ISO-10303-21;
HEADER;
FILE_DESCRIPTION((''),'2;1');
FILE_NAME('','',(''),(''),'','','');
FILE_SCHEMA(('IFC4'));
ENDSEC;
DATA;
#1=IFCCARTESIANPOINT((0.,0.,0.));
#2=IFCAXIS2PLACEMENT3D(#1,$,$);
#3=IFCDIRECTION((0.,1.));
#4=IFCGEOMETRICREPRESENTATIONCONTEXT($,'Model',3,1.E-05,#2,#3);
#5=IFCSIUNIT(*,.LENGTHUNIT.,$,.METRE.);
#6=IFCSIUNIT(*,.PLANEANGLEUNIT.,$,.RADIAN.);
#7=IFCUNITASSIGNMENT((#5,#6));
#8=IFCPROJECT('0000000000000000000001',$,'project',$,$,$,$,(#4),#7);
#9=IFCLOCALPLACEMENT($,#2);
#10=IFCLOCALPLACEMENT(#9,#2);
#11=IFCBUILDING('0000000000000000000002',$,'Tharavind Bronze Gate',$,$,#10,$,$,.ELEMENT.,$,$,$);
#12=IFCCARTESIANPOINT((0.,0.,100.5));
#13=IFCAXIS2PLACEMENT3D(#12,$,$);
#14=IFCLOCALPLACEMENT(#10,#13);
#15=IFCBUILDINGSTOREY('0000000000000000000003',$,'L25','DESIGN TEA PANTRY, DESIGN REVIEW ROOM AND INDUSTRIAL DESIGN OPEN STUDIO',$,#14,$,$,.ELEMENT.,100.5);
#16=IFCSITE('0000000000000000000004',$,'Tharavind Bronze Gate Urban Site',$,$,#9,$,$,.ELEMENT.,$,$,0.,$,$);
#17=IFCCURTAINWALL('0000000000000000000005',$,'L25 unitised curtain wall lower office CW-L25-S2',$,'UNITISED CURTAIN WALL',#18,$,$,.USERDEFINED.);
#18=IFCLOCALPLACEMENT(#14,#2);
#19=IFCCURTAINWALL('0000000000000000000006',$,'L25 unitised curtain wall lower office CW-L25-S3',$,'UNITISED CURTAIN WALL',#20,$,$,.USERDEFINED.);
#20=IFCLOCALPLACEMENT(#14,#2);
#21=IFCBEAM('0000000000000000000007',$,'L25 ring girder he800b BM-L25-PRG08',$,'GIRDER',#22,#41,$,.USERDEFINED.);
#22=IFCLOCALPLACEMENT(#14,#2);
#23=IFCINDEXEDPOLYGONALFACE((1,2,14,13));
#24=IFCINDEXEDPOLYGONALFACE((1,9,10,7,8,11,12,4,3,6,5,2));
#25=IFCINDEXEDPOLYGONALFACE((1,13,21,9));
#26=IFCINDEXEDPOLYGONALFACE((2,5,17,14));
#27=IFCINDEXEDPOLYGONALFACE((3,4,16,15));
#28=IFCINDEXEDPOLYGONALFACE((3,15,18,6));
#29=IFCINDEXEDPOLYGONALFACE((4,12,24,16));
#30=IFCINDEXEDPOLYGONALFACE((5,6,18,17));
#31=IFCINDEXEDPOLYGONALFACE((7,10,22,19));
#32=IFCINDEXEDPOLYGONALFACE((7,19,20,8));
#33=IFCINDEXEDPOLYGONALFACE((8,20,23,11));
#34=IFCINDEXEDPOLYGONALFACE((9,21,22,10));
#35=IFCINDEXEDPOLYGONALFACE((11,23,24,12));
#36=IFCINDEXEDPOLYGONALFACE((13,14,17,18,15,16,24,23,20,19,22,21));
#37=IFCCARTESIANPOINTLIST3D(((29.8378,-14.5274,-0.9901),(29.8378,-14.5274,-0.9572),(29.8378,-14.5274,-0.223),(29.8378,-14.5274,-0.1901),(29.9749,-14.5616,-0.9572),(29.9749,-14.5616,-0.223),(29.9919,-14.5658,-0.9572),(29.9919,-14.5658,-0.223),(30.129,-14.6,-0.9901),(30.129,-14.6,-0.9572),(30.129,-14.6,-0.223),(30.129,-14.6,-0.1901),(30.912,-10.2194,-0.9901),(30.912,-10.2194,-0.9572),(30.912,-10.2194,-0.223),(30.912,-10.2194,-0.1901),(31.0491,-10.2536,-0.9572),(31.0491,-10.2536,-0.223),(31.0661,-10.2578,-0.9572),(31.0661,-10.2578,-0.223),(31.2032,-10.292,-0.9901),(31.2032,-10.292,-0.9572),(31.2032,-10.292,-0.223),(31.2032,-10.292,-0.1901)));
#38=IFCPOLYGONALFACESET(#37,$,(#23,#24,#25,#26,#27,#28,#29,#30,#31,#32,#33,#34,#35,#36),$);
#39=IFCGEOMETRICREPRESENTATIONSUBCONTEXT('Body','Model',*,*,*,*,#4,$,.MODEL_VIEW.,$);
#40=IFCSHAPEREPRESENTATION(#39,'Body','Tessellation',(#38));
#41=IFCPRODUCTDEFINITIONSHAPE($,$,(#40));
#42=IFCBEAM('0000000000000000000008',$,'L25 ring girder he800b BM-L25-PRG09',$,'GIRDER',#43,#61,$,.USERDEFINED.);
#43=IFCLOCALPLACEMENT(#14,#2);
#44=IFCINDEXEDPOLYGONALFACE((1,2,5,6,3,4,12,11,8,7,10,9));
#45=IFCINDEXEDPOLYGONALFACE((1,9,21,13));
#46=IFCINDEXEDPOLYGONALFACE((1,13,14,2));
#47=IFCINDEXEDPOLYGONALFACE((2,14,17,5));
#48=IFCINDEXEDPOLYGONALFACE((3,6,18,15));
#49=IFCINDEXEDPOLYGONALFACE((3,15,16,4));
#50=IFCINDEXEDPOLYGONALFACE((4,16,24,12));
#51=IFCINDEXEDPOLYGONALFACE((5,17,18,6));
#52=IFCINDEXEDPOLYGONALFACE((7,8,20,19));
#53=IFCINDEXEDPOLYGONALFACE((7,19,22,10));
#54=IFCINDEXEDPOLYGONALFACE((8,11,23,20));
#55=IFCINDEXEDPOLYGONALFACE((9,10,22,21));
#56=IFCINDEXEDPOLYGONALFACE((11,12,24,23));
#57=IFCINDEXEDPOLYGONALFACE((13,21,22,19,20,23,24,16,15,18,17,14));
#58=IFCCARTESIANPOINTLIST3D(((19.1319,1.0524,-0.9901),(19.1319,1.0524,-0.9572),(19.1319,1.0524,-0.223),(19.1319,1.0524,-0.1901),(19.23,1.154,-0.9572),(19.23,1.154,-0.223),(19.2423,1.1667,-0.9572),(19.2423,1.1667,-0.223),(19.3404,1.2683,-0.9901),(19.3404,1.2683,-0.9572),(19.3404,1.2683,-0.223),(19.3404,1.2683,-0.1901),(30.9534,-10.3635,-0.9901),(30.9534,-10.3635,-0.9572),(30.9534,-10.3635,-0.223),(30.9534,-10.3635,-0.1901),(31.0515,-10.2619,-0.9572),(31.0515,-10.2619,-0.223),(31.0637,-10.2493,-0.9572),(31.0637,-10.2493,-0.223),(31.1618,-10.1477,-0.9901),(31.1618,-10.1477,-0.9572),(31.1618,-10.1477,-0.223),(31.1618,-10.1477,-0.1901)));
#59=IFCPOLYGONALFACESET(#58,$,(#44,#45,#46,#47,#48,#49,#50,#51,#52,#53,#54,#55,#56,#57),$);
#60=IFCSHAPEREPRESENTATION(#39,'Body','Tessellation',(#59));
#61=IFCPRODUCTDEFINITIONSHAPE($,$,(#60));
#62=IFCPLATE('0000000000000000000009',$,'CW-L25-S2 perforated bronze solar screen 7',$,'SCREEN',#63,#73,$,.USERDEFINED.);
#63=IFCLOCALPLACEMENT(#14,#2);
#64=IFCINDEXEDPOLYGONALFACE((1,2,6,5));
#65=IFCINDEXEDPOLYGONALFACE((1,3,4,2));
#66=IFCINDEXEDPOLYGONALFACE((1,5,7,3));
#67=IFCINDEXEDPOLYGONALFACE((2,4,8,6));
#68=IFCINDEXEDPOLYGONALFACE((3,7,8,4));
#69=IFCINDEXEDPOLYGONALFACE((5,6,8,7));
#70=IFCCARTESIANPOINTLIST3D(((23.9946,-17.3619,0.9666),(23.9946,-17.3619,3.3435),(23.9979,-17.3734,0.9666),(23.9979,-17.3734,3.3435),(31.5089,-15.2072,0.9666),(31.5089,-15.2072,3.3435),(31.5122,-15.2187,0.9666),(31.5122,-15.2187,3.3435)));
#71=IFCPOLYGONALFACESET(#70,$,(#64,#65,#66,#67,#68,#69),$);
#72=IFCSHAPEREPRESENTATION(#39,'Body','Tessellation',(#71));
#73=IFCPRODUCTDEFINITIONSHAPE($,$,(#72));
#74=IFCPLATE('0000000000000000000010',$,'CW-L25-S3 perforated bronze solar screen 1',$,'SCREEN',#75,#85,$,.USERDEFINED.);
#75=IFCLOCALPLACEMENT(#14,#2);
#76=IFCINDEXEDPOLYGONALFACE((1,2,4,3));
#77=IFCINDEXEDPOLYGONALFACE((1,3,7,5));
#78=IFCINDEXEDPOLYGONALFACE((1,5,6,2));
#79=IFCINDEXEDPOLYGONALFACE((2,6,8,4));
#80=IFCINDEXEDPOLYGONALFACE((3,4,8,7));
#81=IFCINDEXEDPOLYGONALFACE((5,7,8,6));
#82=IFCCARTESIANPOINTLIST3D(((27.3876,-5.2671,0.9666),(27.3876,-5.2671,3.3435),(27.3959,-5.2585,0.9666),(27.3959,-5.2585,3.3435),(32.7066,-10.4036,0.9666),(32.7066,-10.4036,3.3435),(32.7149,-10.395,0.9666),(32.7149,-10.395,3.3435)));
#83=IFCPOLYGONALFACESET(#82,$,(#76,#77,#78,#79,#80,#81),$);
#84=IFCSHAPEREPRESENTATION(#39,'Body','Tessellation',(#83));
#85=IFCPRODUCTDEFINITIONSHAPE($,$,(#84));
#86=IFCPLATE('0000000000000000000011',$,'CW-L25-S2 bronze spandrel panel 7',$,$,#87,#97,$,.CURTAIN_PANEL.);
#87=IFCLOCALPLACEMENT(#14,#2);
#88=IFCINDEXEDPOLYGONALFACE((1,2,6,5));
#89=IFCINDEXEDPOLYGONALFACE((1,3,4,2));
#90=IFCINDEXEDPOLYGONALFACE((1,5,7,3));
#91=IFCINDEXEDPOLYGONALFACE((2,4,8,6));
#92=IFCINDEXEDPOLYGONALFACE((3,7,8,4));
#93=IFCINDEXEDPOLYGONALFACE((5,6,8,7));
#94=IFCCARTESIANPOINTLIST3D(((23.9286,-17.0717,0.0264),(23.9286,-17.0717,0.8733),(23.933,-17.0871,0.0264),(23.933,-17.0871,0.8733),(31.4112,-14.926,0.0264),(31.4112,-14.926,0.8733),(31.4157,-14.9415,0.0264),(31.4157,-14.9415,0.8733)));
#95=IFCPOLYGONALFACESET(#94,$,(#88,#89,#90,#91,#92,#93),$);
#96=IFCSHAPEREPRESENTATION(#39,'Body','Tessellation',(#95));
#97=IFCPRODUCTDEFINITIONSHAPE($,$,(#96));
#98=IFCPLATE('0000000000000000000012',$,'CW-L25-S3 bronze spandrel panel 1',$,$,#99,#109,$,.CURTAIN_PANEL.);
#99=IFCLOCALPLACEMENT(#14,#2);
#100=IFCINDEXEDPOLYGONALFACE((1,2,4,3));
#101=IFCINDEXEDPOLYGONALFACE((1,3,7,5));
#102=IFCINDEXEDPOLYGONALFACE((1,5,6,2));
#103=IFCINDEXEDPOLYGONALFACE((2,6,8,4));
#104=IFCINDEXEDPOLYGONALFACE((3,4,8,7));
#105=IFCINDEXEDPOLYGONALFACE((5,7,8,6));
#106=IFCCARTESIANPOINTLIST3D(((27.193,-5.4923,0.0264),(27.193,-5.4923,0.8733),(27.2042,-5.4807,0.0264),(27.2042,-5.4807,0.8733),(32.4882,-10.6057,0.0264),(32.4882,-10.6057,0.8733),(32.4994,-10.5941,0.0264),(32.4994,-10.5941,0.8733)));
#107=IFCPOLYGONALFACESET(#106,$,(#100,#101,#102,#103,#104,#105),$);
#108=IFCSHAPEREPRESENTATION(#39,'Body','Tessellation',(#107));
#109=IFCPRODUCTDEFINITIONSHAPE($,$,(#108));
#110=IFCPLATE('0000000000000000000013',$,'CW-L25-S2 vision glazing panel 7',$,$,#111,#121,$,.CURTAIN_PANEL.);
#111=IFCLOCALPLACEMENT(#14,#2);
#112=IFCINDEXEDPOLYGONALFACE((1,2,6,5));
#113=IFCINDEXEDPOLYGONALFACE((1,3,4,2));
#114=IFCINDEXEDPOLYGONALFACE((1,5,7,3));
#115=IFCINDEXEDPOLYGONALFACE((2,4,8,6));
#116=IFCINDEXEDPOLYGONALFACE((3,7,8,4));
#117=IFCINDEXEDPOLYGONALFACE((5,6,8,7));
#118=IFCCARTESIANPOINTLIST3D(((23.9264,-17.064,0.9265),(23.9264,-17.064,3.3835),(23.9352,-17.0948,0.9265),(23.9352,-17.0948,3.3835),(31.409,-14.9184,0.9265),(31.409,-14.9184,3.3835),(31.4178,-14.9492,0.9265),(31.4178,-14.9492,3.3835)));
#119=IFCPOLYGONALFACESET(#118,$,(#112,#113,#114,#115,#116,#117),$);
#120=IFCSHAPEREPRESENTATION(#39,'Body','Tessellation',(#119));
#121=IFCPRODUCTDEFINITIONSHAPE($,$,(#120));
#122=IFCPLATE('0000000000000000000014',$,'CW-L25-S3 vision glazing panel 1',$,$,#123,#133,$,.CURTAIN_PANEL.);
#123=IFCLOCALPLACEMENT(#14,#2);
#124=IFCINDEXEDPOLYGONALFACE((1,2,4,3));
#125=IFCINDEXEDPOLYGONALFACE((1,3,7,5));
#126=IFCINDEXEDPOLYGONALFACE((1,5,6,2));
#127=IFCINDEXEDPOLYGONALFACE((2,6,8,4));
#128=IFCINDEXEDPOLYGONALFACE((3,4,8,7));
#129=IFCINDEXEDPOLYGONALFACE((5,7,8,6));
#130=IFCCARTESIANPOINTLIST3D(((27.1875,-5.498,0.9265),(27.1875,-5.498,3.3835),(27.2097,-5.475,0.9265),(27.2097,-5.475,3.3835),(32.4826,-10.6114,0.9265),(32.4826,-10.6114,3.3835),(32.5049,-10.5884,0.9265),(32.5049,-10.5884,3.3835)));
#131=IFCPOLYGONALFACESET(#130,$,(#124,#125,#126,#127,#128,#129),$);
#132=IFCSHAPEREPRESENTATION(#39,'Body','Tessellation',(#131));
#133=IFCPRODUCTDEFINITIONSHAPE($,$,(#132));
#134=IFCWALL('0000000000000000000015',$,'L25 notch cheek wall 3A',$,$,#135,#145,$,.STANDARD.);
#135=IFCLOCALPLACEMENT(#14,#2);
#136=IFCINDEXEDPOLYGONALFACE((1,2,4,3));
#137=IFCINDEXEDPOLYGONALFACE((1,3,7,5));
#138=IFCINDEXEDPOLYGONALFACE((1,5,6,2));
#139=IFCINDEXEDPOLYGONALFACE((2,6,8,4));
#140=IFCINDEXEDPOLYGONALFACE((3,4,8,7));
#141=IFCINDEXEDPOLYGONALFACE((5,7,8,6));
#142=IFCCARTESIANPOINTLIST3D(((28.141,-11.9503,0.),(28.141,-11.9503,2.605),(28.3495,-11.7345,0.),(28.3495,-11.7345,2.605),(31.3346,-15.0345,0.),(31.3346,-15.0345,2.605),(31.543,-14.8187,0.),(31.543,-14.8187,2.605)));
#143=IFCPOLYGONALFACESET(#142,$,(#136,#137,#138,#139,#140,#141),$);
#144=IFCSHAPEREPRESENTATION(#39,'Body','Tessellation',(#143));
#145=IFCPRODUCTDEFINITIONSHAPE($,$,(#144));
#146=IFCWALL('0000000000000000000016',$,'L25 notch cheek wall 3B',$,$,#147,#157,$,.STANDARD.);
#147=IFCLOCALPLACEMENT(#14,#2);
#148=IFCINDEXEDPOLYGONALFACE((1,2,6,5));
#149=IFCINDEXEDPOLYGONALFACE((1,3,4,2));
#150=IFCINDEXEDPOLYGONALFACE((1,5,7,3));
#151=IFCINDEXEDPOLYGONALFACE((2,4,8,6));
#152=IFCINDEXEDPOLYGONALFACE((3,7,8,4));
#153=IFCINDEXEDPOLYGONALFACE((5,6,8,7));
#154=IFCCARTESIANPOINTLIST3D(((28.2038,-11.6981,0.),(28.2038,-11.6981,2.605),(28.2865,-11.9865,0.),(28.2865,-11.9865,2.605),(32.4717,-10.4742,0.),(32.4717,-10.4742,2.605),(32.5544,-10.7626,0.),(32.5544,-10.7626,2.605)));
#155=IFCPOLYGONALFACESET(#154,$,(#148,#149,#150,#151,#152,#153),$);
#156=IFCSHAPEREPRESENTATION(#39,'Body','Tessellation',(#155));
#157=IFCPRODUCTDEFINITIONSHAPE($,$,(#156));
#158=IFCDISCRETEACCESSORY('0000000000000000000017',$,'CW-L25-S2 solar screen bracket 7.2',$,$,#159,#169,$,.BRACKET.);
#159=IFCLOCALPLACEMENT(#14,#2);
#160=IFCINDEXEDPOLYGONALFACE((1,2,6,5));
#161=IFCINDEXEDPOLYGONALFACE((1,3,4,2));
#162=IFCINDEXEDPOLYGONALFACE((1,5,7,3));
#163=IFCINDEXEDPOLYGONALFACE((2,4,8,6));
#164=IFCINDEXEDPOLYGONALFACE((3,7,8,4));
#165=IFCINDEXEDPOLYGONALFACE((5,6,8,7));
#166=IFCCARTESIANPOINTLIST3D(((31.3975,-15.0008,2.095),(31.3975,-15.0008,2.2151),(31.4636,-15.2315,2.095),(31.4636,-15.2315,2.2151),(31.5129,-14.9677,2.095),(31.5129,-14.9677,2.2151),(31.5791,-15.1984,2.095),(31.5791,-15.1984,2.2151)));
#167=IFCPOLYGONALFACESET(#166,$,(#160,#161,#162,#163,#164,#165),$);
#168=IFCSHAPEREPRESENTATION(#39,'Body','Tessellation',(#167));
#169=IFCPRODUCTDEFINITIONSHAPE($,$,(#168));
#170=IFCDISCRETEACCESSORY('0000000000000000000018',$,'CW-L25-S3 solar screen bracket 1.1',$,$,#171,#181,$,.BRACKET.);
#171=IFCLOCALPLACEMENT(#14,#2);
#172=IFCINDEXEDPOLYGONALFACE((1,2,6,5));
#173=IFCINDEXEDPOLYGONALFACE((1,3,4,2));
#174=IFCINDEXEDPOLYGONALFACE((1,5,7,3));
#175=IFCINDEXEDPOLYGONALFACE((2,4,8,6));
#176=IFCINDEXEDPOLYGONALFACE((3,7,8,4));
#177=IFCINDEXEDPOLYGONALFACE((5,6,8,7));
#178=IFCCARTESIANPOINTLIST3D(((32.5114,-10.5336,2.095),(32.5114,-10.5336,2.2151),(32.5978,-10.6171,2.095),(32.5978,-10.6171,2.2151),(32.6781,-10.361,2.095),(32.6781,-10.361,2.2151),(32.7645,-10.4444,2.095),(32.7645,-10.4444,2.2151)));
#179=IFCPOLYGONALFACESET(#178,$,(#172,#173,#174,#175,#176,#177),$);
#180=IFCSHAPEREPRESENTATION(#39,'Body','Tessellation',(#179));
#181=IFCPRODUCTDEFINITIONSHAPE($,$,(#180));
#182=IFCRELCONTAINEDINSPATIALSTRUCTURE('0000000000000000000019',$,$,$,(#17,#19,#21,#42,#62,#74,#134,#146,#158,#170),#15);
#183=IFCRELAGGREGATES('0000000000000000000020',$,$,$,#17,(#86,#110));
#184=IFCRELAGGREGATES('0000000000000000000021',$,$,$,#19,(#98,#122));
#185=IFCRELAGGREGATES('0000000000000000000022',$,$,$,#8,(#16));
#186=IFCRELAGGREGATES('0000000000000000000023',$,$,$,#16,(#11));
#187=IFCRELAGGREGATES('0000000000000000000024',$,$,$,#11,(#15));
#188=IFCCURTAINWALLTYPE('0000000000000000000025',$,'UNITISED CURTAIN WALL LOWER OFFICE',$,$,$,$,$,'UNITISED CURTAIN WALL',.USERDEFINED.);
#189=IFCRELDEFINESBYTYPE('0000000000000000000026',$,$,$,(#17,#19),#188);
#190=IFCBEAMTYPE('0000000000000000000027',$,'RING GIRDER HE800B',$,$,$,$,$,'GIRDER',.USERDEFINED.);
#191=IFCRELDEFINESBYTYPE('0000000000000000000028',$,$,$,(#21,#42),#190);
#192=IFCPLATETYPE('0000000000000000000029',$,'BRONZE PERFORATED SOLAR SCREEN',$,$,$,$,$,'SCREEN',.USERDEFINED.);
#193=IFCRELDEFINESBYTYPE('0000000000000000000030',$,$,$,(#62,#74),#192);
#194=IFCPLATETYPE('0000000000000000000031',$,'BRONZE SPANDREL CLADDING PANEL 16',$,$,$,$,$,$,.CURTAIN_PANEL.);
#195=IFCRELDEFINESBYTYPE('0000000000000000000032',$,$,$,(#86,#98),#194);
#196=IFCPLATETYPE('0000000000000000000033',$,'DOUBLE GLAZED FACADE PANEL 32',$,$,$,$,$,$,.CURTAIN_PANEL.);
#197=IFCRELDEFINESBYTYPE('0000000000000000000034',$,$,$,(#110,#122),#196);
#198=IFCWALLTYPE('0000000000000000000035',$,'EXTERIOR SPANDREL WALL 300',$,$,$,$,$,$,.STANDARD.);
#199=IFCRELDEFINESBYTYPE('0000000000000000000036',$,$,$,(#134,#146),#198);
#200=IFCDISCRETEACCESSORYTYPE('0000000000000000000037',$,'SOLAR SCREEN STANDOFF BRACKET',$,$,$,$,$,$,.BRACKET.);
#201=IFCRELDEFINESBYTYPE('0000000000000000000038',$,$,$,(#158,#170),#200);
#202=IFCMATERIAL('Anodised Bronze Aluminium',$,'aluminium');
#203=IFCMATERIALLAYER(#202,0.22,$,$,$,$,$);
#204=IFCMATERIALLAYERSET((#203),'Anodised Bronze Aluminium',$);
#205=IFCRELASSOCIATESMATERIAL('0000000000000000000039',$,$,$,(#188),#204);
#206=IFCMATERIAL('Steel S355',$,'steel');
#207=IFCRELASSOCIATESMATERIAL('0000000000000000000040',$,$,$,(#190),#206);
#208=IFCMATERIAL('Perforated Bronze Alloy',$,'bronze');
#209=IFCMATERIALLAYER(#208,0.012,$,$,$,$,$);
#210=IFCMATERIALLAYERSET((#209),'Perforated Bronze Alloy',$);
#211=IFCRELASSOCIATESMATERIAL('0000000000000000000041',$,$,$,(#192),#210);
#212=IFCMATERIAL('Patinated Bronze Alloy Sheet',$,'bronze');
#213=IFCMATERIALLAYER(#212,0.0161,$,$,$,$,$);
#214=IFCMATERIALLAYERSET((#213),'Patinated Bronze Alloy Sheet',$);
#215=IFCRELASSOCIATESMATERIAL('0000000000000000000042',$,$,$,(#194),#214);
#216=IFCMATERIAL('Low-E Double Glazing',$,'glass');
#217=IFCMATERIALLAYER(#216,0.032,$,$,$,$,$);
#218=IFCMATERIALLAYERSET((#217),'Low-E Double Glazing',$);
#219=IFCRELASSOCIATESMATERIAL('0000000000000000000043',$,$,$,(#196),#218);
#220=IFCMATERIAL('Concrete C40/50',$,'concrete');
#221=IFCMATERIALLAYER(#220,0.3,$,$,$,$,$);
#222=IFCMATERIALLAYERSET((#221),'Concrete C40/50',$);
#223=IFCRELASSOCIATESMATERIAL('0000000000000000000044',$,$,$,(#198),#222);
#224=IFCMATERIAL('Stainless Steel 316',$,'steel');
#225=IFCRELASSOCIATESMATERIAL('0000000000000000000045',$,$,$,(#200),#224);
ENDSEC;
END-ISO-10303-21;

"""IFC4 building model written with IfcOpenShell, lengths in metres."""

from ifc_helpers import new_model, si_unit, direction, frame, frame_2d, origin, origin_2d, place, context, subcontext, project, spatial, rectangle, i_section, extrude, material, layer, layer_set, material_profile, profile_set, type_object, element, aggregate, save


model = new_model("IFC4")

# Units and contexts
model_context = context("Model", 3, precision=1e-05, world=origin(), true_north=direction((0.0, 1.0)))
body_context = subcontext(model_context, "Body", "Model", "MODEL_VIEW")
ifc_project = project(units=[si_unit("LENGTHUNIT", "METRE"), si_unit("PLANEANGLEUNIT", "RADIAN")], contexts=[model_context])

# Site, building, storey
site_placement = place(None, origin())
site = spatial("IfcSite", under=ifc_project, at=site_placement, Name="Tharavind Bronze Gate Urban Site", CompositionType="ELEMENT", RefElevation=0.0)
building_placement = place(site_placement, origin())
building = spatial("IfcBuilding", under=site, at=building_placement, Name="Tharavind Bronze Gate", CompositionType="ELEMENT")
storey_placement = place(building_placement, frame((0.0, 0.0, 100.5)))
storey = spatial("IfcBuildingStorey", under=building, at=storey_placement, Name="L25", Description="DESIGN TEA PANTRY, DESIGN REVIEW ROOM AND INDUSTRIAL DESIGN OPEN STUDIO", CompositionType="ELEMENT", Elevation=100.5)

# Curtain walls
ifc_material_1 = material(Name="Anodised Bronze Aluminium", Category="aluminium")
ifc_layer_1 = layer(ifc_material_1, 0.22)
ifc_layer_set_1 = layer_set([ifc_layer_1], Name="Anodised Bronze Aluminium")
curtain_wall_type = type_object("IfcCurtainWallType", Name="UNITISED CURTAIN WALL LOWER OFFICE", ElementType="UNITISED CURTAIN WALL", PredefinedType="USERDEFINED", material=ifc_layer_set_1)
curtain_wall_1_placement = place(storey_placement, origin())
curtain_wall_1 = element("IfcCurtainWall", 1, at=curtain_wall_1_placement, inside=storey, type_object=curtain_wall_type, Name="L25 unitised curtain wall lower office CW-L25-S2", ObjectType="UNITISED CURTAIN WALL", PredefinedType="USERDEFINED")
curtain_wall_2_placement = place(storey_placement, origin())
curtain_wall_2 = element("IfcCurtainWall", 2, at=curtain_wall_2_placement, inside=storey, type_object=curtain_wall_type, Name="L25 unitised curtain wall lower office CW-L25-S3", ObjectType="UNITISED CURTAIN WALL", PredefinedType="USERDEFINED")

# Beams
ifc_material_2 = material(Name="Steel S355", Category="steel")
ifc_material_profile_1 = material_profile(ifc_material_2, i_section(OverallWidth=0.3, OverallDepth=0.8, WebThickness=0.0176, FlangeThickness=0.033, at=origin_2d()), Name="HE800B")
ifc_profile_set_1 = profile_set([ifc_material_profile_1], Name="Steel S355")
beam_type_1 = type_object("IfcBeamType", Name="RING GIRDER HE800B", ElementType="GIRDER", PredefinedType="USERDEFINED", material=ifc_profile_set_1)
beam_1_placement = place(storey_placement, frame((29.9834, -14.5637, -0.5901), z_axis=(0.24194, 0.970291, 0.0), x_axis=(-0.970291, 0.24194, 0.0)))
element("IfcBeam", 3, at=beam_1_placement, inside=storey, type_object=beam_type_1, Name="L25 ring girder he800b BM-L25-PRG08", ObjectType="GIRDER", PredefinedType="USERDEFINED", context=body_context, shape_type="SweptSolid", body=[
    extrude(i_section(OverallWidth=0.3, OverallDepth=0.8, WebThickness=0.0176, FlangeThickness=0.033, at=origin_2d()), origin(), (0.0, 0.0, 1.0), 4.4399),
])
beam_2_placement = place(storey_placement, frame((31.0576, -10.2556, -0.5901), z_axis=(-0.719337, 0.694661, 0.0), x_axis=(-0.694661, -0.719337, 0.0)))
element("IfcBeam", 4, at=beam_2_placement, inside=storey, type_object=beam_type_1, Name="L25 ring girder he800b BM-L25-PRG09", ObjectType="GIRDER", PredefinedType="USERDEFINED", context=body_context, shape_type="SweptSolid", body=[
    extrude(i_section(OverallWidth=0.3, OverallDepth=0.8, WebThickness=0.0176, FlangeThickness=0.033, at=origin_2d()), origin(), (0.0, 0.0, 1.0), 16.4338),
])

# Plates
ifc_material_3 = material(Name="Perforated Bronze Alloy", Category="bronze")
ifc_layer_2 = layer(ifc_material_3, 0.012)
ifc_layer_set_2 = layer_set([ifc_layer_2], Name="Perforated Bronze Alloy")
plate_type_1 = type_object("IfcPlateType", Name="BRONZE PERFORATED SOLAR SCREEN", ElementType="SCREEN", PredefinedType="USERDEFINED", material=ifc_layer_set_2)
plate_1_placement = place(storey_placement, frame((27.7534, -16.2903, 0.9666), z_axis=(0.0, 0.0, 1.0), x_axis=(0.961262, 0.275637, 0.0)))
element("IfcPlate", 5, at=plate_1_placement, inside=storey, type_object=plate_type_1, Name="CW-L25-S2 perforated bronze solar screen 7", ObjectType="SCREEN", PredefinedType="USERDEFINED", context=body_context, shape_type="SweptSolid", body=[
    extrude(rectangle(XDim=7.8171, YDim=0.012, at=origin_2d()), origin(), (0.0, 0.0, 1.0), 2.377),
])
plate_2_placement = place(storey_placement, frame((30.0513, -7.8311, 0.9666), z_axis=(0.0, 0.0, 1.0), x_axis=(-0.719341, 0.694657, 0.0)))
element("IfcPlate", 6, at=plate_2_placement, inside=storey, type_object=plate_type_1, Name="CW-L25-S3 perforated bronze solar screen 1", ObjectType="SCREEN", PredefinedType="USERDEFINED", context=body_context, shape_type="SweptSolid", body=[
    extrude(rectangle(XDim=7.3943, YDim=0.012, at=origin_2d()), origin(), (0.0, 0.0, 1.0), 2.377),
])

# Plates
ifc_material_4 = material(Name="Patinated Bronze Alloy Sheet", Category="bronze")
ifc_layer_3 = layer(ifc_material_4, 0.0161)
ifc_layer_set_3 = layer_set([ifc_layer_3], Name="Patinated Bronze Alloy Sheet")
plate_type_2 = type_object("IfcPlateType", Name="BRONZE SPANDREL CLADDING PANEL 16", PredefinedType="CURTAIN_PANEL", material=ifc_layer_set_3)
plate_3_placement = place(storey_placement, frame((27.6721, -16.0066, 0.0264), z_axis=(0.0, 0.0, 1.0), x_axis=(0.961262, 0.275637, 0.0)))
plate_3 = element("IfcPlate", 7, at=plate_3_placement, type_object=plate_type_2, Name="CW-L25-S2 bronze spandrel panel 7", PredefinedType="CURTAIN_PANEL", context=body_context, shape_type="SweptSolid", body=[
    extrude(rectangle(XDim=7.7842, YDim=0.0161, at=origin_2d()), origin(), (0.0, 0.0, 1.0), 0.8469),
])
plate_4_placement = place(storey_placement, frame((29.8462, -8.0432, 0.0264), z_axis=(0.0, 0.0, 1.0), x_axis=(-0.719341, 0.694657, 0.0)))
plate_4 = element("IfcPlate", 8, at=plate_4_placement, type_object=plate_type_2, Name="CW-L25-S3 bronze spandrel panel 1", PredefinedType="CURTAIN_PANEL", context=body_context, shape_type="SweptSolid", body=[
    extrude(rectangle(XDim=7.3611, YDim=0.0161, at=origin_2d()), origin(), (0.0, 0.0, 1.0), 0.8469),
])
ifc_material_5 = material(Name="Low-E Double Glazing", Category="glass")
ifc_layer_4 = layer(ifc_material_5, 0.032)
ifc_layer_set_4 = layer_set([ifc_layer_4], Name="Low-E Double Glazing")
plate_type_3 = type_object("IfcPlateType", Name="DOUBLE GLAZED FACADE PANEL 32", PredefinedType="CURTAIN_PANEL", material=ifc_layer_set_4)
plate_5_placement = place(storey_placement, frame((27.6721, -16.0066, 0.9265), z_axis=(0.0, 0.0, 1.0), x_axis=(0.961262, 0.275637, 0.0)))
plate_5 = element("IfcPlate", 9, at=plate_5_placement, type_object=plate_type_3, Name="CW-L25-S2 vision glazing panel 7", PredefinedType="CURTAIN_PANEL", context=body_context, shape_type="SweptSolid", body=[
    extrude(rectangle(XDim=7.7842, YDim=0.032, at=origin_2d()), origin(), (0.0, 0.0, 1.0), 2.457),
])
aggregate(curtain_wall_1, [plate_3, plate_5])
plate_6_placement = place(storey_placement, frame((29.8462, -8.0432, 0.9265), z_axis=(0.0, 0.0, 1.0), x_axis=(-0.719341, 0.694657, 0.0)))
plate_6 = element("IfcPlate", 10, at=plate_6_placement, type_object=plate_type_3, Name="CW-L25-S3 vision glazing panel 1", PredefinedType="CURTAIN_PANEL", context=body_context, shape_type="SweptSolid", body=[
    extrude(rectangle(XDim=7.3611, YDim=0.032, at=origin_2d()), origin(), (0.0, 0.0, 1.0), 2.457),
])
aggregate(curtain_wall_2, [plate_4, plate_6])

# Walls
ifc_material_6 = material(Name="Concrete C40/50", Category="concrete")
ifc_layer_5 = layer(ifc_material_6, 0.3)
ifc_layer_set_5 = layer_set([ifc_layer_5], Name="Concrete C40/50")
wall_type = type_object("IfcWallType", Name="EXTERIOR SPANDREL WALL 300", PredefinedType="STANDARD", material=ifc_layer_set_5)
wall_1_placement = place(storey_placement, frame((31.4387, -14.9265, 0.0), z_axis=(0.0, 0.0, 1.0), x_axis=(-0.719317, 0.694682, 0.0)))
element("IfcWall", 11, at=wall_1_placement, inside=storey, type_object=wall_type, Name="L25 notch cheek wall 3A", PredefinedType="STANDARD", context=body_context, shape_type="SweptSolid", body=[
    extrude(rectangle(XDim=4.4397, YDim=0.3, at=frame_2d((2.2197, 0.0))), origin(), (0.0, 0.0, 1.0), 2.605),
])
wall_2_placement = place(storey_placement, frame((28.2451, -11.8423, 0.0), z_axis=(0.0, 0.0, 1.0), x_axis=(0.961256, 0.275658, 0.0)))
element("IfcWall", 12, at=wall_2_placement, inside=storey, type_object=wall_type, Name="L25 notch cheek wall 3B", PredefinedType="STANDARD", context=body_context, shape_type="SweptSolid", body=[
    extrude(rectangle(XDim=4.4399, YDim=0.3, at=frame_2d((2.22, 0.0))), origin(), (0.0, 0.0, 1.0), 2.605),
])

# Discrete accessories
ifc_material_7 = material(Name="Stainless Steel 316", Category="steel")
discrete_accessory_type = type_object("IfcDiscreteAccessoryType", Name="SOLAR SCREEN STANDOFF BRACKET", PredefinedType="BRACKET", material=ifc_material_7)
for number, where, z_axis, x_axis, name in (
    (13, (31.4883, -15.0996, 2.095), (0.0, 0.0, 1.0), (0.961262, 0.275637, 0.0), "CW-L25-S2 solar screen bracket 7.2"),
    (14, (32.6379, -10.489, 2.095), (0.0, 0.0, 1.0), (-0.719341, 0.694657, 0.0), "CW-L25-S3 solar screen bracket 1.1"),
):
    element("IfcDiscreteAccessory", number, at=place(storey_placement, frame(where, z_axis=z_axis, x_axis=x_axis)), inside=storey, type_object=discrete_accessory_type, Name=name, PredefinedType="BRACKET", context=body_context, shape_type="SweptSolid", body=[
        extrude(rectangle(XDim=0.1201, YDim=0.24, at=origin_2d()), origin(), (0.0, 0.0, 1.0), 0.1201),
    ])

save(model, "model.ifc")
